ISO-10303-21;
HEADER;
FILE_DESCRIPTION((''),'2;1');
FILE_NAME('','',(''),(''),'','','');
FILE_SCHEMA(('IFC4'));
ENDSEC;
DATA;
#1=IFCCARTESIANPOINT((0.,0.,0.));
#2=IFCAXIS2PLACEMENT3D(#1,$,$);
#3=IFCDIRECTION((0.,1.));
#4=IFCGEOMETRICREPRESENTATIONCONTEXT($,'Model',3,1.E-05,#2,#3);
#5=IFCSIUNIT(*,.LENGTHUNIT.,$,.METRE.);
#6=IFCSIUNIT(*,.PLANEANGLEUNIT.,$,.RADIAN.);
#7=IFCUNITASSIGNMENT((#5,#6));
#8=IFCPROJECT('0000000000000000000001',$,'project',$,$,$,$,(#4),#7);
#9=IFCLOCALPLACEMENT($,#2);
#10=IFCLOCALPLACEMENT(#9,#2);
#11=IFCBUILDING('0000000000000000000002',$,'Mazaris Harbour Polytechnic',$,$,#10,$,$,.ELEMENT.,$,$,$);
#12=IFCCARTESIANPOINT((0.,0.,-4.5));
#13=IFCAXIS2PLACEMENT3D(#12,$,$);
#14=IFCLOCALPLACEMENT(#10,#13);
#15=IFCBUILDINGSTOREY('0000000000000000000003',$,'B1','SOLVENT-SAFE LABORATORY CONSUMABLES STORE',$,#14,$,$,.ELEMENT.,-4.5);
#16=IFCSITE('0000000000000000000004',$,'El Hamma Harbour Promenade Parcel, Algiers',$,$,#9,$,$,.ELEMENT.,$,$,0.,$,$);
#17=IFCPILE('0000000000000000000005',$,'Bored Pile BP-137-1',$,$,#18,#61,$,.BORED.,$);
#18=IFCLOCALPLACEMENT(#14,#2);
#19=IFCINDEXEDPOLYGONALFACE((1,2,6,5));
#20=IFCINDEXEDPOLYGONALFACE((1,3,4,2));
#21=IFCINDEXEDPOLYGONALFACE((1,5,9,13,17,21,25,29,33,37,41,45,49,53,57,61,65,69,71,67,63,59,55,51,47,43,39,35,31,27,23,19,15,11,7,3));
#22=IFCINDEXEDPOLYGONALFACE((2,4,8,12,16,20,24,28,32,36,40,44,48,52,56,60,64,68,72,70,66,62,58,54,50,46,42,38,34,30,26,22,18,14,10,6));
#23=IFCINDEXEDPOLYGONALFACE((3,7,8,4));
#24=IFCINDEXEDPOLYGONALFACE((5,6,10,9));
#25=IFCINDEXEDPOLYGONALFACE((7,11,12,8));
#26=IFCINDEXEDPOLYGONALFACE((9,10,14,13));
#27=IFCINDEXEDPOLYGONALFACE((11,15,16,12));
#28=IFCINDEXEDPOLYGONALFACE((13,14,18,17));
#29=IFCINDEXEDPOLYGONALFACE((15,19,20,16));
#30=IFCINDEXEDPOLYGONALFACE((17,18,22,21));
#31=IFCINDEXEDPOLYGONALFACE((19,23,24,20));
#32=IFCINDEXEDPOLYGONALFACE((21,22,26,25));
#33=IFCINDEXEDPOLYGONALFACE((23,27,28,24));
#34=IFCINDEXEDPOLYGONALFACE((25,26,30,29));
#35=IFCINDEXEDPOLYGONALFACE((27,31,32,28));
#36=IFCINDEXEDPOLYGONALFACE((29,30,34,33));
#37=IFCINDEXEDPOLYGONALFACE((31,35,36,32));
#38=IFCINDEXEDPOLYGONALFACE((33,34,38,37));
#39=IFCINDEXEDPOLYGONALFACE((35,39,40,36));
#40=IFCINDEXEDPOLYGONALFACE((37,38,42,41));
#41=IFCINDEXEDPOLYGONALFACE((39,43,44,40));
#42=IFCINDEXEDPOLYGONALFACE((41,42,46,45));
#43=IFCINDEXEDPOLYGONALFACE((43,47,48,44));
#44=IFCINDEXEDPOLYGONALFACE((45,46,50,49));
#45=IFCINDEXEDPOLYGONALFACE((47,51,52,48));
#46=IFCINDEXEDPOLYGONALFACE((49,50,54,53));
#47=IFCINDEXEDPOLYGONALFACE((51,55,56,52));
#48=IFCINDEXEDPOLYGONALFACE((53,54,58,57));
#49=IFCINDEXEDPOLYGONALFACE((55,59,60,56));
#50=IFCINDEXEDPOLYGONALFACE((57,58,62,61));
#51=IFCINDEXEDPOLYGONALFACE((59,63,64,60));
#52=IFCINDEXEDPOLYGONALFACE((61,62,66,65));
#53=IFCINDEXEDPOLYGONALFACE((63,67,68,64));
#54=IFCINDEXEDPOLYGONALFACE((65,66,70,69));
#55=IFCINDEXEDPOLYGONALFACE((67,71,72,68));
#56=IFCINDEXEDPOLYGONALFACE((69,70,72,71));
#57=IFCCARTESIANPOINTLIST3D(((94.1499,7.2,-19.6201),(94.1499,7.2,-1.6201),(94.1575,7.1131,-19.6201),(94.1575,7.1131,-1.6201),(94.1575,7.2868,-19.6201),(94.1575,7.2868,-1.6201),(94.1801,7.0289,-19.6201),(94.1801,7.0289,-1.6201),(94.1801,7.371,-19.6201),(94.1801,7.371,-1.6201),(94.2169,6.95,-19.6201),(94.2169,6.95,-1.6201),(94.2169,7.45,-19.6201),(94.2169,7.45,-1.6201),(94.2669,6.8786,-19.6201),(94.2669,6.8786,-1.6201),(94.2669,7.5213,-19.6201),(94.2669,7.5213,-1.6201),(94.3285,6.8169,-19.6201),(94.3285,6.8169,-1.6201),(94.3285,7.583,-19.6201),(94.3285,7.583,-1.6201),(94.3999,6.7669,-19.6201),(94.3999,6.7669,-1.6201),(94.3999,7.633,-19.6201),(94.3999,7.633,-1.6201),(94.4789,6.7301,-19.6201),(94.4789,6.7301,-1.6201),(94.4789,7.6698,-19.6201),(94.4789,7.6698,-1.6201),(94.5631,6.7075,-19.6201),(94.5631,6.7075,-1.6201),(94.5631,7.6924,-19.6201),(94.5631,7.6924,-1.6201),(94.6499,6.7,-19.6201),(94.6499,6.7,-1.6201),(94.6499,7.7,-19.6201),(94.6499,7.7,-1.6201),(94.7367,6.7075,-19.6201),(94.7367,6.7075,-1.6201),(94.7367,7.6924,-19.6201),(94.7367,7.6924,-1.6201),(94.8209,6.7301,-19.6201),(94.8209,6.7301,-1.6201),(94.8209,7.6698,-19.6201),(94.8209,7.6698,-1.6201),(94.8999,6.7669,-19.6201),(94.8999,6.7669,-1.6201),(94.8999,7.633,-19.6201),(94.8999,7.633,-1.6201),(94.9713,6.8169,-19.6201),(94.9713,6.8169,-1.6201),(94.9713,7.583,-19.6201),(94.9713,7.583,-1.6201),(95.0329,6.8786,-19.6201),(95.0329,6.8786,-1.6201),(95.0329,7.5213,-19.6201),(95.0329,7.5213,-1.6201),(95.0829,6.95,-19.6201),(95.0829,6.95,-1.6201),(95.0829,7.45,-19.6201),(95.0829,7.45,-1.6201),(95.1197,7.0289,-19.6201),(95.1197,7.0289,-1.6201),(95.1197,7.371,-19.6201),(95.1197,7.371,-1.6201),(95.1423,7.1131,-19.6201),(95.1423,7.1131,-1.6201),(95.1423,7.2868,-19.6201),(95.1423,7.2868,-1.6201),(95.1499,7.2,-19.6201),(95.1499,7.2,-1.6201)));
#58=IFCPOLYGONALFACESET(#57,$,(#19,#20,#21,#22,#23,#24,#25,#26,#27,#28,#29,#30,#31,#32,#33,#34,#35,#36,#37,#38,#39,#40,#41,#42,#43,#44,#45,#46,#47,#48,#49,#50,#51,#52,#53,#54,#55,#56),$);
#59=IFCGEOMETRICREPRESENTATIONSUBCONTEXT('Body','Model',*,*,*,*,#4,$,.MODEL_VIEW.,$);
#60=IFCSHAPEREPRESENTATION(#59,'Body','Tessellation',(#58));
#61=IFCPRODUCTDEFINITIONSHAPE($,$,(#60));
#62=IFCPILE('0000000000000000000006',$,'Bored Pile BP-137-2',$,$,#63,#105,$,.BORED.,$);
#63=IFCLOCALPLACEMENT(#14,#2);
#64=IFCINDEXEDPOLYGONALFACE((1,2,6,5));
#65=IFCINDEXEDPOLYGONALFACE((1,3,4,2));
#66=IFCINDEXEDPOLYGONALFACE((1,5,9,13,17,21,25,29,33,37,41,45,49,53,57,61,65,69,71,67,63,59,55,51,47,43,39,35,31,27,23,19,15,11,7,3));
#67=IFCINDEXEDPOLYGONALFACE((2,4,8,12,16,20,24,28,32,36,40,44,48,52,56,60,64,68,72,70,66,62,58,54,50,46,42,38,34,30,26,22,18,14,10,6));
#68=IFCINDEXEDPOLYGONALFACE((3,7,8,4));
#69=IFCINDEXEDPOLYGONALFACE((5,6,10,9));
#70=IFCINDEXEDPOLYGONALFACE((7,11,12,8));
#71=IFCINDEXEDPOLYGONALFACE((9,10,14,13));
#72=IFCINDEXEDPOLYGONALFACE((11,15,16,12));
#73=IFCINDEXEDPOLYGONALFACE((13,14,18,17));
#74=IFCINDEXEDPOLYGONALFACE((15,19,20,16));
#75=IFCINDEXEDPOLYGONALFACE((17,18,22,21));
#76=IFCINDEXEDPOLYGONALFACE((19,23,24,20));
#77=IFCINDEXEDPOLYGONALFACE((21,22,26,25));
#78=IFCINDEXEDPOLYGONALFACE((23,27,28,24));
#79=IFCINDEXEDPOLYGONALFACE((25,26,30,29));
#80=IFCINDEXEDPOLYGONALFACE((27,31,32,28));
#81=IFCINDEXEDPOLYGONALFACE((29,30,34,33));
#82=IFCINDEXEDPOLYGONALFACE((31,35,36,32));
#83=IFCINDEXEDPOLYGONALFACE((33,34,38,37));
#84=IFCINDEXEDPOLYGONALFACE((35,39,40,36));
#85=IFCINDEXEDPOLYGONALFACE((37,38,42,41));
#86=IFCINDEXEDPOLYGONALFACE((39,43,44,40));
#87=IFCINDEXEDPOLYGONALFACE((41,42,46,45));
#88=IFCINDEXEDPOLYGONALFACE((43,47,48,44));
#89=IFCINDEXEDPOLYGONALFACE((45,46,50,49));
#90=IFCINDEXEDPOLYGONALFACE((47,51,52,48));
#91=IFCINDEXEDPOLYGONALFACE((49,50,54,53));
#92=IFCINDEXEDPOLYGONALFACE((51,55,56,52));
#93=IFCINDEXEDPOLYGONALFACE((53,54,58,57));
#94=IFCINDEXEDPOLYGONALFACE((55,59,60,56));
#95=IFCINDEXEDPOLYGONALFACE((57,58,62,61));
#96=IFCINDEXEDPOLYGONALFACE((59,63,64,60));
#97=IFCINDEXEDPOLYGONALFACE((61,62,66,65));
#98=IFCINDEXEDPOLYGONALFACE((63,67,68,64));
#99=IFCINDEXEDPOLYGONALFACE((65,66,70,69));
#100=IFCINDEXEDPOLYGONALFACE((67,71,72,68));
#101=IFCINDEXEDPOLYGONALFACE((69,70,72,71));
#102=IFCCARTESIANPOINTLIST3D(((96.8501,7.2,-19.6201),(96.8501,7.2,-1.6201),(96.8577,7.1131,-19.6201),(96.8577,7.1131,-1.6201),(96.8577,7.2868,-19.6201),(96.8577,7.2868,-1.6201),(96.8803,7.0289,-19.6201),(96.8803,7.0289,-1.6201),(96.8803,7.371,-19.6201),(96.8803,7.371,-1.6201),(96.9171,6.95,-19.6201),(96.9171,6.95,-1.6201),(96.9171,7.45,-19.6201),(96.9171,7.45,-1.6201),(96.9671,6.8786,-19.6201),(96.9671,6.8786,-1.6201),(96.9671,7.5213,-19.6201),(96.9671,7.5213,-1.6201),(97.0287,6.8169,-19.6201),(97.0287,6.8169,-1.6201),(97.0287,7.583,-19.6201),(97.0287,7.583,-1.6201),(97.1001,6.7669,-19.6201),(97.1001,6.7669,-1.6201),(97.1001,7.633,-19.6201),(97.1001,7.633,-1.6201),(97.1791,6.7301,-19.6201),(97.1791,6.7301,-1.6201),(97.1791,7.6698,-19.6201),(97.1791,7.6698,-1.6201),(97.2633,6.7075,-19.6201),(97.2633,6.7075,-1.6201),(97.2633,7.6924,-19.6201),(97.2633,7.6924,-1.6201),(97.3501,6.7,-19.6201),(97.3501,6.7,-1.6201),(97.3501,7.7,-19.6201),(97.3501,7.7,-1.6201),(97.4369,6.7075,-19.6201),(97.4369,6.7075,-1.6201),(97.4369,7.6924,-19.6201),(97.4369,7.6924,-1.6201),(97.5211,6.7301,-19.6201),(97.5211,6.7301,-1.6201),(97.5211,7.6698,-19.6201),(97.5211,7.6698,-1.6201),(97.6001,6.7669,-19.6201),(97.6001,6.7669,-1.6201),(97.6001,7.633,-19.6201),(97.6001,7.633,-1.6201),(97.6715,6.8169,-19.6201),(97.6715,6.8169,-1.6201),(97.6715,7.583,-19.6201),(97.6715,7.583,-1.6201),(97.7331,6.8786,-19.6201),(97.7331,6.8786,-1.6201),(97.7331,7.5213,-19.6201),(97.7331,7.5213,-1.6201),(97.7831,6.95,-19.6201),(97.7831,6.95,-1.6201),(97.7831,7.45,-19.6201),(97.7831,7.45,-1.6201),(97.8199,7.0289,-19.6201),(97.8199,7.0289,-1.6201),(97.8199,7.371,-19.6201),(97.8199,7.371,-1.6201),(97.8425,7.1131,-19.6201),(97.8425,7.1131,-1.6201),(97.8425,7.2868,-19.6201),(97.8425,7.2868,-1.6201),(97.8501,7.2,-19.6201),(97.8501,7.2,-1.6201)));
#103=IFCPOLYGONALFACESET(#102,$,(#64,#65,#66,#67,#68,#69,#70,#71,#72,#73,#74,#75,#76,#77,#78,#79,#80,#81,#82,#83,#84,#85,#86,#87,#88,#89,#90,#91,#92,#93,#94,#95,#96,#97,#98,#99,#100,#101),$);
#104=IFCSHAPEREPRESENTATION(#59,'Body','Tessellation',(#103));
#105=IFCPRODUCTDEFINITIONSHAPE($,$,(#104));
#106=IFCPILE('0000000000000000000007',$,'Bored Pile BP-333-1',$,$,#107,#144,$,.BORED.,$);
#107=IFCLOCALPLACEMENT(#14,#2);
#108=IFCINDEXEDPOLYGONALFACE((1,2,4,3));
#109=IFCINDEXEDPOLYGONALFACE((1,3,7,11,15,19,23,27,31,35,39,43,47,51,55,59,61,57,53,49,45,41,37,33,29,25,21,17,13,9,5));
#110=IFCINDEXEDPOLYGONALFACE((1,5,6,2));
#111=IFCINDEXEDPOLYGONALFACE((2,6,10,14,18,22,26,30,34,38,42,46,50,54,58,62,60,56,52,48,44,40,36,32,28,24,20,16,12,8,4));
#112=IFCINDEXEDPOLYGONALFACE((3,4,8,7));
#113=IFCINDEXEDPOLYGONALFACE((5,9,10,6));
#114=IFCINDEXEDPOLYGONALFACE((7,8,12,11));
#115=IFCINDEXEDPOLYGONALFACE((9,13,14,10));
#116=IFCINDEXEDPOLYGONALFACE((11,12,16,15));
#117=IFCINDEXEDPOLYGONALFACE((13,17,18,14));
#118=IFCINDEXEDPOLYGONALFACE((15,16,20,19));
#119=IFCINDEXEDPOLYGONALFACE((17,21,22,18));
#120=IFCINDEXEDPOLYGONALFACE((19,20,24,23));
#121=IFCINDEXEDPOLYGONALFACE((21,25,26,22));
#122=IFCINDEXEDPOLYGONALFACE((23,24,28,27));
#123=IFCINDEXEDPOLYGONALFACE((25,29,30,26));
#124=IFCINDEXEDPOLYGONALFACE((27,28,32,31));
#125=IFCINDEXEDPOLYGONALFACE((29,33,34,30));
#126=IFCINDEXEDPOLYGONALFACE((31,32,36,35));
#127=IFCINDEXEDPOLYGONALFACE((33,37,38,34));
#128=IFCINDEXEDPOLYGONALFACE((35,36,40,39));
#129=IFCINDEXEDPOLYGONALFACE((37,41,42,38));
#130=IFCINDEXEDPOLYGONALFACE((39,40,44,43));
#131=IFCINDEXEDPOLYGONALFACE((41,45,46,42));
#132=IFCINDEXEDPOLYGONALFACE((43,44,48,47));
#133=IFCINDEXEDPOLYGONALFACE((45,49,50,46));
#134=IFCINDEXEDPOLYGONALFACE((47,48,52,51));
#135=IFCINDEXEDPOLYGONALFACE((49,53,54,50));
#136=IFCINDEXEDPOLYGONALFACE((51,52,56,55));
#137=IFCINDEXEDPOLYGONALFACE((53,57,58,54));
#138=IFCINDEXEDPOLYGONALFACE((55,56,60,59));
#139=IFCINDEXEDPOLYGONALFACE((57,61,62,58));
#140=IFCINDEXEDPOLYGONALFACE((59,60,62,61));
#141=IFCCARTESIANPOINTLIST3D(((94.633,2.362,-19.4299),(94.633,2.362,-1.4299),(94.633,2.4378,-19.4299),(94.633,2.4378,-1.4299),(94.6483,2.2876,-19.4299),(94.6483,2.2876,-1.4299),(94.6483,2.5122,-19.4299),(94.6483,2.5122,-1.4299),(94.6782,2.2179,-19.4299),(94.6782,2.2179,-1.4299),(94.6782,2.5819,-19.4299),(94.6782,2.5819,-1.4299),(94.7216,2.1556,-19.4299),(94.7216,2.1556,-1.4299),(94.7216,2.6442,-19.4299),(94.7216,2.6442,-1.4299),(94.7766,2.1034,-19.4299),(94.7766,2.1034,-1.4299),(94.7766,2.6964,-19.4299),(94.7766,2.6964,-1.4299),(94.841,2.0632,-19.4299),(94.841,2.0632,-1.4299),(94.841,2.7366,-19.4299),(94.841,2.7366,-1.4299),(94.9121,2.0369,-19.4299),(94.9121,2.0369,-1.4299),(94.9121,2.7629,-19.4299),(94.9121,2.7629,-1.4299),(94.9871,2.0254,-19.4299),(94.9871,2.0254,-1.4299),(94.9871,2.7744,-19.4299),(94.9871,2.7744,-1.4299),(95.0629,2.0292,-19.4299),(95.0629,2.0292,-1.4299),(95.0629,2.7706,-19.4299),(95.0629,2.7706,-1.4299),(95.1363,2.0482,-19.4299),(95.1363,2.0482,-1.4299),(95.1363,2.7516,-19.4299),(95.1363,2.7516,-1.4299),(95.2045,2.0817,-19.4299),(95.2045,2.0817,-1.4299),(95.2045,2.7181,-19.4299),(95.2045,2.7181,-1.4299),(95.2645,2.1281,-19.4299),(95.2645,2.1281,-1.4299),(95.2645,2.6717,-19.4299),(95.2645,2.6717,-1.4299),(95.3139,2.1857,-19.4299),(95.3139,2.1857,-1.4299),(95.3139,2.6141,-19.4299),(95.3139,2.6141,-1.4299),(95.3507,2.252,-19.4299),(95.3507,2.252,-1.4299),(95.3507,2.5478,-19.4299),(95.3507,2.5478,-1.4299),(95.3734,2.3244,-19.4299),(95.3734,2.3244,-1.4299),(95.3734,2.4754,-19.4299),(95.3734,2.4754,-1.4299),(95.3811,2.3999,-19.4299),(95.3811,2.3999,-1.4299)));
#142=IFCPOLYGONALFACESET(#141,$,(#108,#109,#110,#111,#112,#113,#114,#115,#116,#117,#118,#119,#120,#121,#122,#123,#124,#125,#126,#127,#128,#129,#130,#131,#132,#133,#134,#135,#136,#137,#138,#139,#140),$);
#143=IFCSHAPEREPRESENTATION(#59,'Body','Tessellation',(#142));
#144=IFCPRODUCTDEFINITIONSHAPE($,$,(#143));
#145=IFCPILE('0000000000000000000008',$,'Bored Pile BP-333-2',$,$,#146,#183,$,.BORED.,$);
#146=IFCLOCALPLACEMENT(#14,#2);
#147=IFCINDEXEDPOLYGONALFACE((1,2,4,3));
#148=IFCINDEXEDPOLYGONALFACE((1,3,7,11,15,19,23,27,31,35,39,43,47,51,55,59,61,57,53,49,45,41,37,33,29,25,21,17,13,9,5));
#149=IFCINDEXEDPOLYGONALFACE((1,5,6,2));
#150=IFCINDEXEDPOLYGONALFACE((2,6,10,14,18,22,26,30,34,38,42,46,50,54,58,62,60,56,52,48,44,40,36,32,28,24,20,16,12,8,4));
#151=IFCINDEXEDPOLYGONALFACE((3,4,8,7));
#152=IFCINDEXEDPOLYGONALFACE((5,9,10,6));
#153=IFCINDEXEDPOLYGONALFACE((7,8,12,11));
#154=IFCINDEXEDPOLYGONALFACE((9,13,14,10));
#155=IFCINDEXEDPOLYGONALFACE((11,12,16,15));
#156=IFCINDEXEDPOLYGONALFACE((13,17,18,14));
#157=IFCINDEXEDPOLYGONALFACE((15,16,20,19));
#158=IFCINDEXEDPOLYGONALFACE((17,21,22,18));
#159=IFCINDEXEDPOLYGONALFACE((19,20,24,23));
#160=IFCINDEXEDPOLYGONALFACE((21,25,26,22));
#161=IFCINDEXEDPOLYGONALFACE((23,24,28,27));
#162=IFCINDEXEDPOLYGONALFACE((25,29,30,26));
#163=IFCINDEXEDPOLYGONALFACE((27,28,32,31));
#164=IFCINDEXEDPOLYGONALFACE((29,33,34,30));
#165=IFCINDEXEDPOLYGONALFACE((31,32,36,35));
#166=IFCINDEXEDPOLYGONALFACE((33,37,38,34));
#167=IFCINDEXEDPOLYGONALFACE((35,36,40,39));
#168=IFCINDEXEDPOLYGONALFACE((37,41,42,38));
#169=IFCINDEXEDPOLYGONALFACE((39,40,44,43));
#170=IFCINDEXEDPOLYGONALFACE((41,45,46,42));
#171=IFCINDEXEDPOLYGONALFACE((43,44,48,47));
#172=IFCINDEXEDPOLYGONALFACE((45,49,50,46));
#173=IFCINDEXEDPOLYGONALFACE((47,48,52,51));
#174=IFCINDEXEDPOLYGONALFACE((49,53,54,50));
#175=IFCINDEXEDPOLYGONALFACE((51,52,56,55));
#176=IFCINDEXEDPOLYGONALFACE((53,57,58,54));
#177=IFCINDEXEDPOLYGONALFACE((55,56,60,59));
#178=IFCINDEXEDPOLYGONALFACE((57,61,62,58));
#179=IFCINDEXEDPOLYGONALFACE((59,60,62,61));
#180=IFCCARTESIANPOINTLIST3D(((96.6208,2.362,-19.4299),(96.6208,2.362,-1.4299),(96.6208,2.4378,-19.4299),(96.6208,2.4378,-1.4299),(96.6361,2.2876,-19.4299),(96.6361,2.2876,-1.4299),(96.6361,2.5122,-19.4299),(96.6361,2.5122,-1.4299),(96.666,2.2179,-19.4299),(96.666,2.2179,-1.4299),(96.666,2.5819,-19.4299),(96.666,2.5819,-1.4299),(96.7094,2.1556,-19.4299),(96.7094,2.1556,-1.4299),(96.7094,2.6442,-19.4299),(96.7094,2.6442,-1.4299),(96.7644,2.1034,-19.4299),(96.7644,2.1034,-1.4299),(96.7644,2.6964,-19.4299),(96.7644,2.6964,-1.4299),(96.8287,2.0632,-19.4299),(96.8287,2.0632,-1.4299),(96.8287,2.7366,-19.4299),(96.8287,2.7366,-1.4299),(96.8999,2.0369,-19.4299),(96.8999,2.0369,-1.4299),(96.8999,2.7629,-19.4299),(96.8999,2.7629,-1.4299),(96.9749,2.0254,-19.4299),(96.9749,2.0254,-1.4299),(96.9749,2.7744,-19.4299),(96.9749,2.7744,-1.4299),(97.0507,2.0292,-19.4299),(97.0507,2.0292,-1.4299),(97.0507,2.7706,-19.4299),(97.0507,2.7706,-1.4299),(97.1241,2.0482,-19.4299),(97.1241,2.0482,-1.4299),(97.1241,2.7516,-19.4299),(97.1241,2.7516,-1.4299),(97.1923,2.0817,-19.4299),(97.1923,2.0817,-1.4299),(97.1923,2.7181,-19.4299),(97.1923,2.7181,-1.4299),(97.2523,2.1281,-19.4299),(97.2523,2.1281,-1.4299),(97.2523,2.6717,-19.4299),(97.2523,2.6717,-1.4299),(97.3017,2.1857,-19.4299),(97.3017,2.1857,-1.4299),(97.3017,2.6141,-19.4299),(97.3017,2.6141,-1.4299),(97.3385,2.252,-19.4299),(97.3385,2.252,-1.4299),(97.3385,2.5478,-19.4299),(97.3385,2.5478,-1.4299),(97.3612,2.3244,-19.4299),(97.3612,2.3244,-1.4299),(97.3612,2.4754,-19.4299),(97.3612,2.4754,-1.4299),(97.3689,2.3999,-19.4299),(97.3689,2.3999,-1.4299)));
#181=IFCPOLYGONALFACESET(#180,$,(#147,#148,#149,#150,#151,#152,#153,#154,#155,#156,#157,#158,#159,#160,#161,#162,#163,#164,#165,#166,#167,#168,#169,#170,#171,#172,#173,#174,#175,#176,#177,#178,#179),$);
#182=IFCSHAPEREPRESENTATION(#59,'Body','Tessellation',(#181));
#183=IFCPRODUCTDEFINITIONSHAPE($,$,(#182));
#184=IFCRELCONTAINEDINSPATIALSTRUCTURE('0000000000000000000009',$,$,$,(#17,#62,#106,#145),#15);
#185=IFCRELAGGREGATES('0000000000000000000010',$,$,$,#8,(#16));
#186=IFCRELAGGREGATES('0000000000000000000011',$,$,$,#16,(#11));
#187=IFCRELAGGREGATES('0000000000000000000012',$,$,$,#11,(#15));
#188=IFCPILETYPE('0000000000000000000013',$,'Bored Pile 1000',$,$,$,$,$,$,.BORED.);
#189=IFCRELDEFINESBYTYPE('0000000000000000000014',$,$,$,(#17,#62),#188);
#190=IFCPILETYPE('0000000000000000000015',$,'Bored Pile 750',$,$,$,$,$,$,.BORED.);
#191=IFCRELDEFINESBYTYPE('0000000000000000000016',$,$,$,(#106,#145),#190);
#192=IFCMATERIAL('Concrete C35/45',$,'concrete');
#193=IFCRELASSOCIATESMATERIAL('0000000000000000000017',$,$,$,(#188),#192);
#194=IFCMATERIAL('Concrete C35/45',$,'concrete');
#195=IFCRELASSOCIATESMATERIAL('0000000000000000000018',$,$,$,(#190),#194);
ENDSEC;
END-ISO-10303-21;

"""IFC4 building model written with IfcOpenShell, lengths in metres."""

from ifc_helpers import new_model, si_unit, direction, frame, origin, origin_2d, place, context, subcontext, project, spatial, circle, extrude, material, material_profile, profile_set, type_object, element, save


model = new_model("IFC4")

# Units and contexts
model_context = context("Model", 3, precision=1e-05, world=origin(), true_north=direction((0.0, 1.0)))
body_context = subcontext(model_context, "Body", "Model", "MODEL_VIEW")
ifc_project = project(units=[si_unit("LENGTHUNIT", "METRE"), si_unit("PLANEANGLEUNIT", "RADIAN")], contexts=[model_context])

# Site, building, storey
site_placement = place(None, origin())
site = spatial("IfcSite", under=ifc_project, at=site_placement, Name="El Hamma Harbour Promenade Parcel, Algiers", CompositionType="ELEMENT", RefElevation=0.0)
building_placement = place(site_placement, origin())
building = spatial("IfcBuilding", under=site, at=building_placement, Name="Mazaris Harbour Polytechnic", CompositionType="ELEMENT")
storey_placement = place(building_placement, frame((0.0, 0.0, -4.5)))
storey = spatial("IfcBuildingStorey", under=building, at=storey_placement, Name="B1", Description="SOLVENT-SAFE LABORATORY CONSUMABLES STORE", CompositionType="ELEMENT", Elevation=-4.5)

# Piles
ifc_material_1 = material(Name="Concrete C35/45", Category="concrete")
ifc_material_profile_1 = material_profile(ifc_material_1, circle(Radius=0.5, at=origin_2d()), Name="DIA1000")
ifc_profile_set_1 = profile_set([ifc_material_profile_1], Name="Concrete C35/45")
pile_type_1 = type_object("IfcPileType", Name="Bored Pile 1000", PredefinedType="BORED", material=ifc_profile_set_1)
for number, where, z_axis, x_axis, name in (
    (1, (94.6499, 7.2, -1.6201), (0.0, 0.0, -1.0), (1.0, 0.0, 0.0), "Bored Pile BP-137-1"),
    (2, (97.3501, 7.2, -1.6201), (0.0, 0.0, -1.0), (1.0, 0.0, 0.0), "Bored Pile BP-137-2"),
):
    element("IfcPile", number, at=place(storey_placement, frame(where, z_axis=z_axis, x_axis=x_axis)), inside=storey, type_object=pile_type_1, Name=name, PredefinedType="BORED", context=body_context, shape_type="SweptSolid", body=[
        extrude(circle(Radius=0.5, at=origin_2d()), origin(), (0.0, 0.0, 1.0), 18.0),
    ])
ifc_material_2 = material(Name="Concrete C35/45", Category="concrete")
ifc_material_profile_2 = material_profile(ifc_material_2, circle(Radius=0.375, at=origin_2d()), Name="DIA750")
ifc_profile_set_2 = profile_set([ifc_material_profile_2], Name="Concrete C35/45")
pile_type_2 = type_object("IfcPileType", Name="Bored Pile 750", PredefinedType="BORED", material=ifc_profile_set_2)
for number, where, z_axis, x_axis, name in (
    (3, (95.0061, 2.3999, -1.4299), (0.0, 0.0, -1.0), (1.0, 0.0, 0.0), "Bored Pile BP-333-1"),
    (4, (96.9939, 2.3999, -1.4299), (0.0, 0.0, -1.0), (1.0, 0.0, 0.0), "Bored Pile BP-333-2"),
):
    element("IfcPile", number, at=place(storey_placement, frame(where, z_axis=z_axis, x_axis=x_axis)), inside=storey, type_object=pile_type_2, Name=name, PredefinedType="BORED", context=body_context, shape_type="SweptSolid", body=[
        extrude(circle(Radius=0.375, at=origin_2d()), origin(), (0.0, 0.0, 1.0), 18.0),
    ])

save(model, "model.ifc")
